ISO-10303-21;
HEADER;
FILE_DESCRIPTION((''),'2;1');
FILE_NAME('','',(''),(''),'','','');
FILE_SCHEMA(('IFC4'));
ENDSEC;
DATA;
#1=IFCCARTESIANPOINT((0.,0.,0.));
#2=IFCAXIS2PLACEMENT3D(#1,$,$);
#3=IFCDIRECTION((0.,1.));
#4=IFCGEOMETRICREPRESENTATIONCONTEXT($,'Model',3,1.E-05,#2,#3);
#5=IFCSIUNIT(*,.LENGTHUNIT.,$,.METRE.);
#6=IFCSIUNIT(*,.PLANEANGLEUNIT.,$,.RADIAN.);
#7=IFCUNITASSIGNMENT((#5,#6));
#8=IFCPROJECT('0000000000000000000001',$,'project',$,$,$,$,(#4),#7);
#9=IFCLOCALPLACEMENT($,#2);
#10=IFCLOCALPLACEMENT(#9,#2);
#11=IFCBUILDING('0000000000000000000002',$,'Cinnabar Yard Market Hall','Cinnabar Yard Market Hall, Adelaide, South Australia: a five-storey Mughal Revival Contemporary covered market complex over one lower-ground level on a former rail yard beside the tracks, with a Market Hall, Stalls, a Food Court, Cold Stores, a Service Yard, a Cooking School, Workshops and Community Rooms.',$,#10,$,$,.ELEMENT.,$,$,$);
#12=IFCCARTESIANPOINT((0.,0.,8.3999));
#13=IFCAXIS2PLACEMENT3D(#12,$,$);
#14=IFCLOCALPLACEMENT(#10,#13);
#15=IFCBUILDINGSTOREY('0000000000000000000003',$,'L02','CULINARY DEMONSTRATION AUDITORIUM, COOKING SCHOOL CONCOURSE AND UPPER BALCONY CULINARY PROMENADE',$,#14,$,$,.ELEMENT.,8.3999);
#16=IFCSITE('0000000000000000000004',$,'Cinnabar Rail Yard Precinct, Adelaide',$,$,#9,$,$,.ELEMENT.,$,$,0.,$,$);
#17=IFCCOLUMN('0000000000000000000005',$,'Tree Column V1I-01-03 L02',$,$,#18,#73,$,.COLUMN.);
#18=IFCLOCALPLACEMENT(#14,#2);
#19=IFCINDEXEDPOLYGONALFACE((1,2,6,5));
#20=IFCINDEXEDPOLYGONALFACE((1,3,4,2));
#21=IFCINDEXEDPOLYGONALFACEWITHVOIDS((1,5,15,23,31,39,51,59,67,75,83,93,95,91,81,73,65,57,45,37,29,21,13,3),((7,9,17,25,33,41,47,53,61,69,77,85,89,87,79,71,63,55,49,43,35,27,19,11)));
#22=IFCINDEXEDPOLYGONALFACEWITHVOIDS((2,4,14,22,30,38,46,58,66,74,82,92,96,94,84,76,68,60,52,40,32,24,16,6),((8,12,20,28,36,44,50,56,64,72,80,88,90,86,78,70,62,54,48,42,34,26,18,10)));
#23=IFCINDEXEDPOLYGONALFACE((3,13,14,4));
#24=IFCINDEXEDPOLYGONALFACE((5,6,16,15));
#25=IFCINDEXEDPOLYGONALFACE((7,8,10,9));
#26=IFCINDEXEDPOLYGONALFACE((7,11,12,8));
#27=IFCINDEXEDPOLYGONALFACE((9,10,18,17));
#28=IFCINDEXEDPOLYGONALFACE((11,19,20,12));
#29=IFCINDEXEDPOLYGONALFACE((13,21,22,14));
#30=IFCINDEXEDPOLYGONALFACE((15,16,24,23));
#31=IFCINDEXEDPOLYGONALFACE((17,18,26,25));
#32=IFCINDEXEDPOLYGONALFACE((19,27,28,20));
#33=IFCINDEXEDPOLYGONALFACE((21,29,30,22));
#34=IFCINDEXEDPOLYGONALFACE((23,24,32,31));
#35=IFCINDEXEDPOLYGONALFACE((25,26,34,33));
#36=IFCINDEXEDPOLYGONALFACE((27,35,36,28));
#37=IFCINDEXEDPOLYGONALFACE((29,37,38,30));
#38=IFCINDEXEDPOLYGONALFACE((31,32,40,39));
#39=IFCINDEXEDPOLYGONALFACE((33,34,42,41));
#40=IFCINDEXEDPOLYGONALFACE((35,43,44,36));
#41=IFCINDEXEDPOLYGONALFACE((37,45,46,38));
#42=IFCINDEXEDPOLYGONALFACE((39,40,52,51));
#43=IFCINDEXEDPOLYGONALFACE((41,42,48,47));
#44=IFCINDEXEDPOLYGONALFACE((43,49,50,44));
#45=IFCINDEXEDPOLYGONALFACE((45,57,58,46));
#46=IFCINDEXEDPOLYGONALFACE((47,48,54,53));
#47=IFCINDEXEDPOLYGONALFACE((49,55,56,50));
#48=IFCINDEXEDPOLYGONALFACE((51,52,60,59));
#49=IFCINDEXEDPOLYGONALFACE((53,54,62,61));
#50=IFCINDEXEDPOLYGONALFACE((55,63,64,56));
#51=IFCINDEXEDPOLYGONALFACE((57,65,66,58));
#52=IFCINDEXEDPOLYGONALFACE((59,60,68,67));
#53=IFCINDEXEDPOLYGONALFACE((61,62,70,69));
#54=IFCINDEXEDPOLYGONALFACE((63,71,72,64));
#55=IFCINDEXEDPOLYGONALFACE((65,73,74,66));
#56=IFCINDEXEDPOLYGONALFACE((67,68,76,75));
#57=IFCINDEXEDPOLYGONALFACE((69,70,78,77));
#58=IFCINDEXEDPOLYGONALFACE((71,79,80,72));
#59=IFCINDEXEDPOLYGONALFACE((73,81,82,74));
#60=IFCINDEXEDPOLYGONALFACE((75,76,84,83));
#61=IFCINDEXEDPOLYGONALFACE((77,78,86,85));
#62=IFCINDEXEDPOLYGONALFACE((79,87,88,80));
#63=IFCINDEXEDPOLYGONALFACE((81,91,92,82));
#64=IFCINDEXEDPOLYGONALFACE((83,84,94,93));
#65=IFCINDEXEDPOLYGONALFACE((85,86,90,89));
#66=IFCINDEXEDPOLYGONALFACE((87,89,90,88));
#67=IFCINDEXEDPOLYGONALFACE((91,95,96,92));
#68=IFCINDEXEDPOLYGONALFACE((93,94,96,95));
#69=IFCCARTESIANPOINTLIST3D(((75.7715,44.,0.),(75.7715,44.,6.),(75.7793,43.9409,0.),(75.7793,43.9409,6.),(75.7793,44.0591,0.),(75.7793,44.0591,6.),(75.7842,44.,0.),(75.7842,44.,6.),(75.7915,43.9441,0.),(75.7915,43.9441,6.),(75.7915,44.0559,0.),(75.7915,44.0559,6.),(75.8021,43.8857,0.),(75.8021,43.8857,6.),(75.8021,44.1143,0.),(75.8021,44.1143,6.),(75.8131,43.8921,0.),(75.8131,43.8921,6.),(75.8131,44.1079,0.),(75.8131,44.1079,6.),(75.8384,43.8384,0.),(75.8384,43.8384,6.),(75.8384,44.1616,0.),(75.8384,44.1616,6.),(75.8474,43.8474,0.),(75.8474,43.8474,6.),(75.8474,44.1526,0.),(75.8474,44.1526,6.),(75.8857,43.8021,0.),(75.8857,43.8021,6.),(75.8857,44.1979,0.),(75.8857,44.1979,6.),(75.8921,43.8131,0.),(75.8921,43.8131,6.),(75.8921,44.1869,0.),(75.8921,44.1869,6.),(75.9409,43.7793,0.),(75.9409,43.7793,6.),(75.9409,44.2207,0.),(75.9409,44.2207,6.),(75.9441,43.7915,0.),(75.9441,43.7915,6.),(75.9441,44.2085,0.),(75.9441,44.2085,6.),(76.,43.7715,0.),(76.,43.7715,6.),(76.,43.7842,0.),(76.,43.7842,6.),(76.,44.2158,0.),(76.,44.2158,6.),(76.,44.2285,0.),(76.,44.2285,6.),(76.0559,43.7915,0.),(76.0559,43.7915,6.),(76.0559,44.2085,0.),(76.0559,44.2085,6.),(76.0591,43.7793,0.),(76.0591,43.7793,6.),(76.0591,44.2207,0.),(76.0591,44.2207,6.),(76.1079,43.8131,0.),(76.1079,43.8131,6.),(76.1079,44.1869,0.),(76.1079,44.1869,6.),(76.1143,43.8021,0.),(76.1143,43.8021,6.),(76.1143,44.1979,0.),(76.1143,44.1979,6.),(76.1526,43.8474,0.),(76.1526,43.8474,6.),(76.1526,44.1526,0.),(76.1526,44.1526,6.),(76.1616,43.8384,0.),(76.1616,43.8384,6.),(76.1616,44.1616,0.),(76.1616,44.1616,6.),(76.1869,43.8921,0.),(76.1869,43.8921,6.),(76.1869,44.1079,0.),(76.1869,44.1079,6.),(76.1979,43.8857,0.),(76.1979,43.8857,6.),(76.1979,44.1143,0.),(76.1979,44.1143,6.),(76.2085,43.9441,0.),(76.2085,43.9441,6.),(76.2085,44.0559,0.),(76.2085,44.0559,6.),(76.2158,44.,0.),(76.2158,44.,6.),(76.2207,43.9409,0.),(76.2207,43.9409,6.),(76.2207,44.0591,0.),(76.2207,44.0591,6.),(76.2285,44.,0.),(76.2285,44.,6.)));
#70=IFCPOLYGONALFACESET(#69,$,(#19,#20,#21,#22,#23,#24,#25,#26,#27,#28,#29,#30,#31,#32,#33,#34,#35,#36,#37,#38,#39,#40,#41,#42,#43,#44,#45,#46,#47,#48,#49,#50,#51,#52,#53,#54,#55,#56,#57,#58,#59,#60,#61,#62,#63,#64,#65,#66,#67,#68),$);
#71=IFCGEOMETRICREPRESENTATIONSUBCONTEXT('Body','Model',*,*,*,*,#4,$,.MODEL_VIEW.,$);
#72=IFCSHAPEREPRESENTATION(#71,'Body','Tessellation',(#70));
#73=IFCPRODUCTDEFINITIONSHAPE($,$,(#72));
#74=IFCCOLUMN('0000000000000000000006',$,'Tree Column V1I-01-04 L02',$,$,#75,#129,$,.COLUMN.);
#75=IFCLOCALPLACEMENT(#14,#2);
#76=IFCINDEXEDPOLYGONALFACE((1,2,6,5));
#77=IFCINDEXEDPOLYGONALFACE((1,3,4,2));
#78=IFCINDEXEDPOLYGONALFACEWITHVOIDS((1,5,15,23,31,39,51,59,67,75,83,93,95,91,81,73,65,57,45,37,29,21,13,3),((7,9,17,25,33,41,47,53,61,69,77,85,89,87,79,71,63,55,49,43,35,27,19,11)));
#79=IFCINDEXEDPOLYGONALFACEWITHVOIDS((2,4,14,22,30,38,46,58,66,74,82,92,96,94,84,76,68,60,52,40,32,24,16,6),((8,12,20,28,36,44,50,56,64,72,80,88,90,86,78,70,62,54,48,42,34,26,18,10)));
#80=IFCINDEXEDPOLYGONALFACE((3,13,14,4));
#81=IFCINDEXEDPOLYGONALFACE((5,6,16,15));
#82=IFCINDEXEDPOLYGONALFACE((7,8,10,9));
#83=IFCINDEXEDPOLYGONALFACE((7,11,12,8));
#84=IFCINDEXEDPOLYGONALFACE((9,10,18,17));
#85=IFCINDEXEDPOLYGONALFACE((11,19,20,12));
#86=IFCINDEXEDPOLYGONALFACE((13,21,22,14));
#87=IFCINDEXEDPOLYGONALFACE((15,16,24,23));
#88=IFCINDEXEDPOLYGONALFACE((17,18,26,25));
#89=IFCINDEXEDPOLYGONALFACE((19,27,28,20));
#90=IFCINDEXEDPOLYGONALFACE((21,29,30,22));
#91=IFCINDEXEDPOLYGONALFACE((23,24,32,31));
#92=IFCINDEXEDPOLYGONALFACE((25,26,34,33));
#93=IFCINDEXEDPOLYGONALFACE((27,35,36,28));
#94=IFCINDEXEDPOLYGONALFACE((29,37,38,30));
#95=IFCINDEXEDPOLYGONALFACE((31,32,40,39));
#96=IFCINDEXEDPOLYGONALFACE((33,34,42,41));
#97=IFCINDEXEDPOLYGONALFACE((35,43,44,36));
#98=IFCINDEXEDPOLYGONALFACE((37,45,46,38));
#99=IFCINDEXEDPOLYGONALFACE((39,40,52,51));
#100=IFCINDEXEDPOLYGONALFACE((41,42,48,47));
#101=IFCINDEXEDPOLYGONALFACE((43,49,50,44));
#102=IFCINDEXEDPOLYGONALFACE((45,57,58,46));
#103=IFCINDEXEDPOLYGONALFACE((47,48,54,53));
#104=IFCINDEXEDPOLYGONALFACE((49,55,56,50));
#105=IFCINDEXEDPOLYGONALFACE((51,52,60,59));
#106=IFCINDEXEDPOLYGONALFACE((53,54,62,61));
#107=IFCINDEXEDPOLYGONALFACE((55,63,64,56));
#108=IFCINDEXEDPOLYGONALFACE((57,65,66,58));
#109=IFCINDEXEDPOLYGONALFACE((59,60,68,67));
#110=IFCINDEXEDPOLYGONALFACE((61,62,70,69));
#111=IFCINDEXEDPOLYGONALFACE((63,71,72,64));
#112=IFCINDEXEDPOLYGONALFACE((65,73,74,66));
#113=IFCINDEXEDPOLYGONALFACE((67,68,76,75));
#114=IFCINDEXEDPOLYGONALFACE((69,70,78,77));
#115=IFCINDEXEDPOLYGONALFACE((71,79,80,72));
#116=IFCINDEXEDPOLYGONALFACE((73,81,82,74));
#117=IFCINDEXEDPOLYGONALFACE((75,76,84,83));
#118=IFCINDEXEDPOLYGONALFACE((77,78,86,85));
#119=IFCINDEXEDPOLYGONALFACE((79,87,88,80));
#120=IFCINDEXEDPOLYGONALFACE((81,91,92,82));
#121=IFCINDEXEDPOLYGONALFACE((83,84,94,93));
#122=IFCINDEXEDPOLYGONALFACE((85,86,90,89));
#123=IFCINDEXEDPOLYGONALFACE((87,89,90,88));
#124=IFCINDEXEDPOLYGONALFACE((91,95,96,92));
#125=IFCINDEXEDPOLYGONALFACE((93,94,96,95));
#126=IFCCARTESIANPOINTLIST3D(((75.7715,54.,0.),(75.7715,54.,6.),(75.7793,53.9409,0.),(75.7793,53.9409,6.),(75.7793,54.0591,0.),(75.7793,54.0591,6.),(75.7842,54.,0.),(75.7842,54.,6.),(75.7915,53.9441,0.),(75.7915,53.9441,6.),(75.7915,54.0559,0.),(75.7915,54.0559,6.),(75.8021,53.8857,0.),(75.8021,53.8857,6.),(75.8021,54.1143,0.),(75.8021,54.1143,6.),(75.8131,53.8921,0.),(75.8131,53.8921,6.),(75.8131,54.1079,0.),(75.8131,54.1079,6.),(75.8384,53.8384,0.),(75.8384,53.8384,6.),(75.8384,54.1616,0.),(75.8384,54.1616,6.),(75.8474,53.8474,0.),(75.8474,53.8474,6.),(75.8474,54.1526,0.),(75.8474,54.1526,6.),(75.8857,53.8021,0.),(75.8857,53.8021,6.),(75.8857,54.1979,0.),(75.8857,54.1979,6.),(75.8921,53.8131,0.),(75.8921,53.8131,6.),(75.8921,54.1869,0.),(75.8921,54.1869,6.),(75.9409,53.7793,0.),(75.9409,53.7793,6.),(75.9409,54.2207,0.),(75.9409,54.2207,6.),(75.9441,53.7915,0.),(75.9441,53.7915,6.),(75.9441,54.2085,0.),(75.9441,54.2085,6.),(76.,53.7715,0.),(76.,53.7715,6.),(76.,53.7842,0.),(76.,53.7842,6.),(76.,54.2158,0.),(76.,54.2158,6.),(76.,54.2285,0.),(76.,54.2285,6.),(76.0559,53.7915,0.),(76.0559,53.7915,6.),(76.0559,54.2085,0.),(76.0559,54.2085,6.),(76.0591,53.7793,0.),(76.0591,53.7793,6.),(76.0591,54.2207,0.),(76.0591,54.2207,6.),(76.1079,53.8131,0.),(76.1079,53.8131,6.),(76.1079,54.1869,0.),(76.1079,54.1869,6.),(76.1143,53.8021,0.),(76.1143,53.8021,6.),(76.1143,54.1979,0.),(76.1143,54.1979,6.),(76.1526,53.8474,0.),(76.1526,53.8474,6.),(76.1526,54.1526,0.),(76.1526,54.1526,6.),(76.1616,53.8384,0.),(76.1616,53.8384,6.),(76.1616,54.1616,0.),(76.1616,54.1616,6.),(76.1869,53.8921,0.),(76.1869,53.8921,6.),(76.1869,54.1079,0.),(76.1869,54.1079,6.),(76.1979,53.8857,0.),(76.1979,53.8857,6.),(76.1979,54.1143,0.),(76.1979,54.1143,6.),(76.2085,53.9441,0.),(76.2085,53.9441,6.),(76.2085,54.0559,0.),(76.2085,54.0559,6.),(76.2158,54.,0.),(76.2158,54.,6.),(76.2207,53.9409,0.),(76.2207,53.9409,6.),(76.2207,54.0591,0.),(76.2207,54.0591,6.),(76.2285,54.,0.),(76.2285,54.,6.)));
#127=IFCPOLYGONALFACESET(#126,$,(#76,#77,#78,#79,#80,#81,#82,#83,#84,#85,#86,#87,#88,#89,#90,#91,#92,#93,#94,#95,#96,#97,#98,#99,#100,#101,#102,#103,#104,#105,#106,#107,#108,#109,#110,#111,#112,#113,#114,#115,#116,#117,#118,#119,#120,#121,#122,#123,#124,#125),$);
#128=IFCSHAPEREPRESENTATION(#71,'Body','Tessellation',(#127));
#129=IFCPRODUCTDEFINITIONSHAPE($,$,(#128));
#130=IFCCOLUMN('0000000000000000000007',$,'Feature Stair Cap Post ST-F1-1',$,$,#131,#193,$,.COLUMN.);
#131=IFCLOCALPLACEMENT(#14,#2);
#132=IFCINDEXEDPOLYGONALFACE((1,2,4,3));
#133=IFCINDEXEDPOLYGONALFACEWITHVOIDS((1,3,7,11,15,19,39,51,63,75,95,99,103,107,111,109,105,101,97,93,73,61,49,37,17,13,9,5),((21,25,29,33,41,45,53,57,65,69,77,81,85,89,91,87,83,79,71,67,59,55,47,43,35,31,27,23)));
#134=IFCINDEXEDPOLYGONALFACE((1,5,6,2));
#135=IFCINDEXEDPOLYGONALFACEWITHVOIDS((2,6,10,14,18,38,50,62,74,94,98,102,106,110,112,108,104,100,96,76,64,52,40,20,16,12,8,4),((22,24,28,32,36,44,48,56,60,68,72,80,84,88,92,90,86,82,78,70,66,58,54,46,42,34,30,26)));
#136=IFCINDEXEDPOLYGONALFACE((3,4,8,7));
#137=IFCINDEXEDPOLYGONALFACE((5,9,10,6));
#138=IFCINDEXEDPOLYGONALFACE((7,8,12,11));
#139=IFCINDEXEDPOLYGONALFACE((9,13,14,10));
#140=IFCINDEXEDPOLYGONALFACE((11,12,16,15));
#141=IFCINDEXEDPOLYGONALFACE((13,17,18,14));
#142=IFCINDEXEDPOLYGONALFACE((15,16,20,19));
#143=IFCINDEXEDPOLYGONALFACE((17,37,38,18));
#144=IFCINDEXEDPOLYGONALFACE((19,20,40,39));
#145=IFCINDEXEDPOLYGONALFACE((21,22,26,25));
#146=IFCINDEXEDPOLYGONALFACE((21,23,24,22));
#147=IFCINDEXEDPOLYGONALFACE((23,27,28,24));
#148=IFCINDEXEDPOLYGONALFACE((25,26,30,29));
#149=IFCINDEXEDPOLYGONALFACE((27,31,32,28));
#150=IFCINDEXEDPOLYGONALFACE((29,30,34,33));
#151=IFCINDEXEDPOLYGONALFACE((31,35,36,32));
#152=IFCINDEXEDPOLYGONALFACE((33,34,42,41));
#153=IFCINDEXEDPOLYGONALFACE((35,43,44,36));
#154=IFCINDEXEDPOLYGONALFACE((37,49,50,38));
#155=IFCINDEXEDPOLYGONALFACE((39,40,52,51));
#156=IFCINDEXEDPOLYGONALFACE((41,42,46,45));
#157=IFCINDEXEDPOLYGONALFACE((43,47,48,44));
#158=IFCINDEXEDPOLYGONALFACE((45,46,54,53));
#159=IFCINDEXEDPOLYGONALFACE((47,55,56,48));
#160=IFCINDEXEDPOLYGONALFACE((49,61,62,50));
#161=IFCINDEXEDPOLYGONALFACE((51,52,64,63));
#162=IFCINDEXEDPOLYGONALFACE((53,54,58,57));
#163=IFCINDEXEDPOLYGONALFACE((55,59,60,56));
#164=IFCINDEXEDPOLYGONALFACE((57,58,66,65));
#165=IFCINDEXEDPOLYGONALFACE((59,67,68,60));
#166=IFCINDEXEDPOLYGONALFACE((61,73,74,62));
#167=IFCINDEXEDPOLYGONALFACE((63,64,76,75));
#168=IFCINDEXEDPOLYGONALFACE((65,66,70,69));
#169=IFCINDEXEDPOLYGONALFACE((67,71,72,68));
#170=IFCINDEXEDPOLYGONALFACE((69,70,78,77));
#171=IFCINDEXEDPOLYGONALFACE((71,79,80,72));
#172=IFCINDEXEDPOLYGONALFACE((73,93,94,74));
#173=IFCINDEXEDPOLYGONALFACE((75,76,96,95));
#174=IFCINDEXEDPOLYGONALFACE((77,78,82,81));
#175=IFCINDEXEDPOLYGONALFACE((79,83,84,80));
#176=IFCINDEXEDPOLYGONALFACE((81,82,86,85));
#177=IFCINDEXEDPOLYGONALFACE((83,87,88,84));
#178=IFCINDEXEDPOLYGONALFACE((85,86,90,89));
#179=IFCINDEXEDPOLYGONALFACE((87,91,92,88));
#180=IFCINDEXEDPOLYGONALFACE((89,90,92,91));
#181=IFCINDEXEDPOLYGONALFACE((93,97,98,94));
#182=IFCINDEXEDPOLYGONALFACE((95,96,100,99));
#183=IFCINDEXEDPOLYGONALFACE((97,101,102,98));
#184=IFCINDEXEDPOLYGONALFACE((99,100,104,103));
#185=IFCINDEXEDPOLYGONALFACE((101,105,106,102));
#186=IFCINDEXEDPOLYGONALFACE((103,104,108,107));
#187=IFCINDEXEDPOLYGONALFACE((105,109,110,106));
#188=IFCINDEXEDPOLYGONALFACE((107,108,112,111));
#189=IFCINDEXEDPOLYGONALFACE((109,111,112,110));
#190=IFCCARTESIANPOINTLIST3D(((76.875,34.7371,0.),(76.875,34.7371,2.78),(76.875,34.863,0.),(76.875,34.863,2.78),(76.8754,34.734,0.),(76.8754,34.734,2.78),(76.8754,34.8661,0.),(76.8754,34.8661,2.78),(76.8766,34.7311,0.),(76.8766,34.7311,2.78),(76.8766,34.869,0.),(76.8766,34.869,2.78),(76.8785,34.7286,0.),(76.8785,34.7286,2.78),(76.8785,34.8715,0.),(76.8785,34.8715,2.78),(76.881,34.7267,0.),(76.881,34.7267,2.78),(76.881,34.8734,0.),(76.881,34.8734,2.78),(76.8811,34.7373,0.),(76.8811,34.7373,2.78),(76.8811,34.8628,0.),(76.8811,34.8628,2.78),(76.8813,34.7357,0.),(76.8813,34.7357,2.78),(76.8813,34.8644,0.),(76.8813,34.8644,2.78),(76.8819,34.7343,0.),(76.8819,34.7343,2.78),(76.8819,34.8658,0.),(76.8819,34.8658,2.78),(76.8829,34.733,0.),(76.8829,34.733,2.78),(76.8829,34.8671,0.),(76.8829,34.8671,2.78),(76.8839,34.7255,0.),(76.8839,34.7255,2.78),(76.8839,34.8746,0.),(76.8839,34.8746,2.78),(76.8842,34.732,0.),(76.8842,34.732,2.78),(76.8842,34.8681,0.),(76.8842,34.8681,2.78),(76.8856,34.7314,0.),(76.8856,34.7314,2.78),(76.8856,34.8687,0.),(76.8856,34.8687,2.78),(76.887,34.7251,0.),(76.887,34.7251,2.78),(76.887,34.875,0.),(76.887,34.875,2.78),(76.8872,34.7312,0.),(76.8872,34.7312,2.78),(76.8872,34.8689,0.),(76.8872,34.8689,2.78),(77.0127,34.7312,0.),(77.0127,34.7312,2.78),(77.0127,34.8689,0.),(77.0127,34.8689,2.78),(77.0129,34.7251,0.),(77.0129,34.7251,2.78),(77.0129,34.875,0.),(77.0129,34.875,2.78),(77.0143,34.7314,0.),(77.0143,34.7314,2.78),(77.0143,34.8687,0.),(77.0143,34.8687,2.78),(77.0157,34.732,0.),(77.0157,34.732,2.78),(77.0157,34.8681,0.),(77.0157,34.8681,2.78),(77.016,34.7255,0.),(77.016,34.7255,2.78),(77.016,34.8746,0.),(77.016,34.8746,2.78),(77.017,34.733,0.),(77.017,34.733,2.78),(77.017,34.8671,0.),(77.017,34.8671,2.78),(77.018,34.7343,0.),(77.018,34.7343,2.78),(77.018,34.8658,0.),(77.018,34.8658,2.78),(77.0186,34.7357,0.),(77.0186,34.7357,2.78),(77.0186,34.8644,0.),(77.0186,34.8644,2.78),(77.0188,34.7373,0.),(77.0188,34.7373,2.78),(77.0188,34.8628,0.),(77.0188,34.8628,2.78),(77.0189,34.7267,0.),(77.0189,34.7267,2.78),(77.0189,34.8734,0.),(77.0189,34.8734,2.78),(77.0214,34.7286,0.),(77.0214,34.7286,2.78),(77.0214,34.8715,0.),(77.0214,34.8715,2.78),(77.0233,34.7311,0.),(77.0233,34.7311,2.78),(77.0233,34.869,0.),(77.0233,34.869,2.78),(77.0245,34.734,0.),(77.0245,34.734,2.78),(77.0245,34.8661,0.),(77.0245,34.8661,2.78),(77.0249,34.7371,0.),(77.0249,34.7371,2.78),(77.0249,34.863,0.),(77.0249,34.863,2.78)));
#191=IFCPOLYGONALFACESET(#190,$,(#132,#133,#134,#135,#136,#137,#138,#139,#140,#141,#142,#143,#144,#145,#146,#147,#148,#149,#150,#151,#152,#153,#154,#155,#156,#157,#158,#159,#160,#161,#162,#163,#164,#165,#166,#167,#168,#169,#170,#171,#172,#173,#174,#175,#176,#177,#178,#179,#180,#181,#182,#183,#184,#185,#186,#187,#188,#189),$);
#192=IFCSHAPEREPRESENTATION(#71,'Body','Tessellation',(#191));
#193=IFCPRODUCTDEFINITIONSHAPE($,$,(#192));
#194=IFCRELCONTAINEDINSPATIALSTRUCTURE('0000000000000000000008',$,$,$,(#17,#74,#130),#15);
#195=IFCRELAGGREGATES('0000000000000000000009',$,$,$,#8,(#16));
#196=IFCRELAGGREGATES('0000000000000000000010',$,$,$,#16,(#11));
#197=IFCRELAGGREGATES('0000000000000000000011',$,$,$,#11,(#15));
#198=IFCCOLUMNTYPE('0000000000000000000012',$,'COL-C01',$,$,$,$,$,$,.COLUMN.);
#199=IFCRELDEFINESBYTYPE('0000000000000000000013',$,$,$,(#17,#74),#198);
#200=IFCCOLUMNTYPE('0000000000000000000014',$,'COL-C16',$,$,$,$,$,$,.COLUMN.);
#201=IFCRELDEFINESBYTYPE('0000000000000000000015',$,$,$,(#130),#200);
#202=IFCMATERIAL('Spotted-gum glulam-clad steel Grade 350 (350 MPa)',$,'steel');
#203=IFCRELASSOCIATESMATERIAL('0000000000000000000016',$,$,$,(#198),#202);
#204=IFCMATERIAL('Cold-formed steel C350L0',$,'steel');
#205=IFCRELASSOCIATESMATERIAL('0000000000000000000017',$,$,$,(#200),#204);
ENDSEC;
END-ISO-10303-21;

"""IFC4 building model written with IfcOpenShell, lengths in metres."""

from ifc_helpers import new_model, si_unit, direction, frame, origin, origin_2d_with_axis, place, context, subcontext, project, spatial, hollow_rectangle, hollow_circle, extrude, material, material_profile, profile_set, type_object, element, save


model = new_model("IFC4")

# Units and contexts
model_context = context("Model", 3, precision=1e-05, world=origin(), true_north=direction((0.0, 1.0)))
body_context = subcontext(model_context, "Body", "Model", "MODEL_VIEW")
ifc_project = project(units=[si_unit("LENGTHUNIT", "METRE"), si_unit("PLANEANGLEUNIT", "RADIAN")], contexts=[model_context])

# Site, building, storey
site_placement = place(None, origin())
site = spatial("IfcSite", under=ifc_project, at=site_placement, Name="Cinnabar Rail Yard Precinct, Adelaide", CompositionType="ELEMENT", RefElevation=0.0)
building_placement = place(site_placement, origin())
building = spatial("IfcBuilding", under=site, at=building_placement, Name="Cinnabar Yard Market Hall", Description="Cinnabar Yard Market Hall, Adelaide, South Australia: a five-storey Mughal Revival Contemporary covered market complex over one lower-ground level on a former rail yard beside the tracks, with a Market Hall, Stalls, a Food Court, Cold Stores, a Service Yard, a Cooking School, Workshops and Community Rooms.", CompositionType="ELEMENT")
storey_placement = place(building_placement, frame((0.0, 0.0, 8.3999)))
storey = spatial("IfcBuildingStorey", under=building, at=storey_placement, Name="L02", Description="CULINARY DEMONSTRATION AUDITORIUM, COOKING SCHOOL CONCOURSE AND UPPER BALCONY CULINARY PROMENADE", CompositionType="ELEMENT", Elevation=8.3999)

# Columns
ifc_material_1 = material(Name="Spotted-gum glulam-clad steel Grade 350 (350 MPa)", Category="steel")
ifc_material_profile_1 = material_profile(ifc_material_1, hollow_circle(Radius=0.2285, WallThickness=0.0127, at=origin_2d_with_axis()), Name="457.0x12.7CHS")
ifc_profile_set_1 = profile_set([ifc_material_profile_1], Name="Spotted-gum glulam-clad steel Grade 350 (350 MPa)")
column_type_1 = type_object("IfcColumnType", Name="COL-C01", PredefinedType="COLUMN", material=ifc_profile_set_1)
for number, where, z_axis, x_axis, name in (
    (1, (76.0, 44.0, 0.0), (0.0, 0.0, 1.0), (1.0, 0.0, 0.0), "Tree Column V1I-01-03 L02"),
    (2, (76.0, 54.0, 0.0), (0.0, 0.0, 1.0), (1.0, 0.0, 0.0), "Tree Column V1I-01-04 L02"),
):
    element("IfcColumn", number, at=place(storey_placement, frame(where, z_axis=z_axis, x_axis=x_axis)), inside=storey, type_object=column_type_1, Name=name, PredefinedType="COLUMN", context=body_context, shape_type="SweptSolid", body=[
        extrude(hollow_circle(Radius=0.2285, WallThickness=0.0127, at=origin_2d_with_axis()), origin(), (0.0, 0.0, 1.0), 6.0),
    ])
ifc_material_2 = material(Name="Cold-formed steel C350L0", Category="steel")
ifc_material_profile_2 = material_profile(ifc_material_2, hollow_rectangle(XDim=0.1499, YDim=0.1499, WallThickness=0.0061, InnerFilletRadius=0.0061, OuterFilletRadius=0.012, at=origin_2d_with_axis()), Name="150x150x6.0SHS")
ifc_profile_set_2 = profile_set([ifc_material_profile_2], Name="Cold-formed steel C350L0")
column_type_2 = type_object("IfcColumnType", Name="COL-C16", PredefinedType="COLUMN", material=ifc_profile_set_2)
for number, where, z_axis, x_axis, name in (
    (3, (76.95, 34.8, 0.0), (0.0, 0.0, 1.0), (1.0, 0.0, 0.0), "Feature Stair Cap Post ST-F1-1"),
):
    element("IfcColumn", number, at=place(storey_placement, frame(where, z_axis=z_axis, x_axis=x_axis)), inside=storey, type_object=column_type_2, Name=name, PredefinedType="COLUMN", context=body_context, shape_type="SweptSolid", body=[
        extrude(hollow_rectangle(XDim=0.1499, YDim=0.1499, WallThickness=0.0061, InnerFilletRadius=0.0061, OuterFilletRadius=0.012, at=origin_2d_with_axis()), origin(), (0.0, 0.0, 1.0), 2.78),
    ])

save(model, "model.ifc")
